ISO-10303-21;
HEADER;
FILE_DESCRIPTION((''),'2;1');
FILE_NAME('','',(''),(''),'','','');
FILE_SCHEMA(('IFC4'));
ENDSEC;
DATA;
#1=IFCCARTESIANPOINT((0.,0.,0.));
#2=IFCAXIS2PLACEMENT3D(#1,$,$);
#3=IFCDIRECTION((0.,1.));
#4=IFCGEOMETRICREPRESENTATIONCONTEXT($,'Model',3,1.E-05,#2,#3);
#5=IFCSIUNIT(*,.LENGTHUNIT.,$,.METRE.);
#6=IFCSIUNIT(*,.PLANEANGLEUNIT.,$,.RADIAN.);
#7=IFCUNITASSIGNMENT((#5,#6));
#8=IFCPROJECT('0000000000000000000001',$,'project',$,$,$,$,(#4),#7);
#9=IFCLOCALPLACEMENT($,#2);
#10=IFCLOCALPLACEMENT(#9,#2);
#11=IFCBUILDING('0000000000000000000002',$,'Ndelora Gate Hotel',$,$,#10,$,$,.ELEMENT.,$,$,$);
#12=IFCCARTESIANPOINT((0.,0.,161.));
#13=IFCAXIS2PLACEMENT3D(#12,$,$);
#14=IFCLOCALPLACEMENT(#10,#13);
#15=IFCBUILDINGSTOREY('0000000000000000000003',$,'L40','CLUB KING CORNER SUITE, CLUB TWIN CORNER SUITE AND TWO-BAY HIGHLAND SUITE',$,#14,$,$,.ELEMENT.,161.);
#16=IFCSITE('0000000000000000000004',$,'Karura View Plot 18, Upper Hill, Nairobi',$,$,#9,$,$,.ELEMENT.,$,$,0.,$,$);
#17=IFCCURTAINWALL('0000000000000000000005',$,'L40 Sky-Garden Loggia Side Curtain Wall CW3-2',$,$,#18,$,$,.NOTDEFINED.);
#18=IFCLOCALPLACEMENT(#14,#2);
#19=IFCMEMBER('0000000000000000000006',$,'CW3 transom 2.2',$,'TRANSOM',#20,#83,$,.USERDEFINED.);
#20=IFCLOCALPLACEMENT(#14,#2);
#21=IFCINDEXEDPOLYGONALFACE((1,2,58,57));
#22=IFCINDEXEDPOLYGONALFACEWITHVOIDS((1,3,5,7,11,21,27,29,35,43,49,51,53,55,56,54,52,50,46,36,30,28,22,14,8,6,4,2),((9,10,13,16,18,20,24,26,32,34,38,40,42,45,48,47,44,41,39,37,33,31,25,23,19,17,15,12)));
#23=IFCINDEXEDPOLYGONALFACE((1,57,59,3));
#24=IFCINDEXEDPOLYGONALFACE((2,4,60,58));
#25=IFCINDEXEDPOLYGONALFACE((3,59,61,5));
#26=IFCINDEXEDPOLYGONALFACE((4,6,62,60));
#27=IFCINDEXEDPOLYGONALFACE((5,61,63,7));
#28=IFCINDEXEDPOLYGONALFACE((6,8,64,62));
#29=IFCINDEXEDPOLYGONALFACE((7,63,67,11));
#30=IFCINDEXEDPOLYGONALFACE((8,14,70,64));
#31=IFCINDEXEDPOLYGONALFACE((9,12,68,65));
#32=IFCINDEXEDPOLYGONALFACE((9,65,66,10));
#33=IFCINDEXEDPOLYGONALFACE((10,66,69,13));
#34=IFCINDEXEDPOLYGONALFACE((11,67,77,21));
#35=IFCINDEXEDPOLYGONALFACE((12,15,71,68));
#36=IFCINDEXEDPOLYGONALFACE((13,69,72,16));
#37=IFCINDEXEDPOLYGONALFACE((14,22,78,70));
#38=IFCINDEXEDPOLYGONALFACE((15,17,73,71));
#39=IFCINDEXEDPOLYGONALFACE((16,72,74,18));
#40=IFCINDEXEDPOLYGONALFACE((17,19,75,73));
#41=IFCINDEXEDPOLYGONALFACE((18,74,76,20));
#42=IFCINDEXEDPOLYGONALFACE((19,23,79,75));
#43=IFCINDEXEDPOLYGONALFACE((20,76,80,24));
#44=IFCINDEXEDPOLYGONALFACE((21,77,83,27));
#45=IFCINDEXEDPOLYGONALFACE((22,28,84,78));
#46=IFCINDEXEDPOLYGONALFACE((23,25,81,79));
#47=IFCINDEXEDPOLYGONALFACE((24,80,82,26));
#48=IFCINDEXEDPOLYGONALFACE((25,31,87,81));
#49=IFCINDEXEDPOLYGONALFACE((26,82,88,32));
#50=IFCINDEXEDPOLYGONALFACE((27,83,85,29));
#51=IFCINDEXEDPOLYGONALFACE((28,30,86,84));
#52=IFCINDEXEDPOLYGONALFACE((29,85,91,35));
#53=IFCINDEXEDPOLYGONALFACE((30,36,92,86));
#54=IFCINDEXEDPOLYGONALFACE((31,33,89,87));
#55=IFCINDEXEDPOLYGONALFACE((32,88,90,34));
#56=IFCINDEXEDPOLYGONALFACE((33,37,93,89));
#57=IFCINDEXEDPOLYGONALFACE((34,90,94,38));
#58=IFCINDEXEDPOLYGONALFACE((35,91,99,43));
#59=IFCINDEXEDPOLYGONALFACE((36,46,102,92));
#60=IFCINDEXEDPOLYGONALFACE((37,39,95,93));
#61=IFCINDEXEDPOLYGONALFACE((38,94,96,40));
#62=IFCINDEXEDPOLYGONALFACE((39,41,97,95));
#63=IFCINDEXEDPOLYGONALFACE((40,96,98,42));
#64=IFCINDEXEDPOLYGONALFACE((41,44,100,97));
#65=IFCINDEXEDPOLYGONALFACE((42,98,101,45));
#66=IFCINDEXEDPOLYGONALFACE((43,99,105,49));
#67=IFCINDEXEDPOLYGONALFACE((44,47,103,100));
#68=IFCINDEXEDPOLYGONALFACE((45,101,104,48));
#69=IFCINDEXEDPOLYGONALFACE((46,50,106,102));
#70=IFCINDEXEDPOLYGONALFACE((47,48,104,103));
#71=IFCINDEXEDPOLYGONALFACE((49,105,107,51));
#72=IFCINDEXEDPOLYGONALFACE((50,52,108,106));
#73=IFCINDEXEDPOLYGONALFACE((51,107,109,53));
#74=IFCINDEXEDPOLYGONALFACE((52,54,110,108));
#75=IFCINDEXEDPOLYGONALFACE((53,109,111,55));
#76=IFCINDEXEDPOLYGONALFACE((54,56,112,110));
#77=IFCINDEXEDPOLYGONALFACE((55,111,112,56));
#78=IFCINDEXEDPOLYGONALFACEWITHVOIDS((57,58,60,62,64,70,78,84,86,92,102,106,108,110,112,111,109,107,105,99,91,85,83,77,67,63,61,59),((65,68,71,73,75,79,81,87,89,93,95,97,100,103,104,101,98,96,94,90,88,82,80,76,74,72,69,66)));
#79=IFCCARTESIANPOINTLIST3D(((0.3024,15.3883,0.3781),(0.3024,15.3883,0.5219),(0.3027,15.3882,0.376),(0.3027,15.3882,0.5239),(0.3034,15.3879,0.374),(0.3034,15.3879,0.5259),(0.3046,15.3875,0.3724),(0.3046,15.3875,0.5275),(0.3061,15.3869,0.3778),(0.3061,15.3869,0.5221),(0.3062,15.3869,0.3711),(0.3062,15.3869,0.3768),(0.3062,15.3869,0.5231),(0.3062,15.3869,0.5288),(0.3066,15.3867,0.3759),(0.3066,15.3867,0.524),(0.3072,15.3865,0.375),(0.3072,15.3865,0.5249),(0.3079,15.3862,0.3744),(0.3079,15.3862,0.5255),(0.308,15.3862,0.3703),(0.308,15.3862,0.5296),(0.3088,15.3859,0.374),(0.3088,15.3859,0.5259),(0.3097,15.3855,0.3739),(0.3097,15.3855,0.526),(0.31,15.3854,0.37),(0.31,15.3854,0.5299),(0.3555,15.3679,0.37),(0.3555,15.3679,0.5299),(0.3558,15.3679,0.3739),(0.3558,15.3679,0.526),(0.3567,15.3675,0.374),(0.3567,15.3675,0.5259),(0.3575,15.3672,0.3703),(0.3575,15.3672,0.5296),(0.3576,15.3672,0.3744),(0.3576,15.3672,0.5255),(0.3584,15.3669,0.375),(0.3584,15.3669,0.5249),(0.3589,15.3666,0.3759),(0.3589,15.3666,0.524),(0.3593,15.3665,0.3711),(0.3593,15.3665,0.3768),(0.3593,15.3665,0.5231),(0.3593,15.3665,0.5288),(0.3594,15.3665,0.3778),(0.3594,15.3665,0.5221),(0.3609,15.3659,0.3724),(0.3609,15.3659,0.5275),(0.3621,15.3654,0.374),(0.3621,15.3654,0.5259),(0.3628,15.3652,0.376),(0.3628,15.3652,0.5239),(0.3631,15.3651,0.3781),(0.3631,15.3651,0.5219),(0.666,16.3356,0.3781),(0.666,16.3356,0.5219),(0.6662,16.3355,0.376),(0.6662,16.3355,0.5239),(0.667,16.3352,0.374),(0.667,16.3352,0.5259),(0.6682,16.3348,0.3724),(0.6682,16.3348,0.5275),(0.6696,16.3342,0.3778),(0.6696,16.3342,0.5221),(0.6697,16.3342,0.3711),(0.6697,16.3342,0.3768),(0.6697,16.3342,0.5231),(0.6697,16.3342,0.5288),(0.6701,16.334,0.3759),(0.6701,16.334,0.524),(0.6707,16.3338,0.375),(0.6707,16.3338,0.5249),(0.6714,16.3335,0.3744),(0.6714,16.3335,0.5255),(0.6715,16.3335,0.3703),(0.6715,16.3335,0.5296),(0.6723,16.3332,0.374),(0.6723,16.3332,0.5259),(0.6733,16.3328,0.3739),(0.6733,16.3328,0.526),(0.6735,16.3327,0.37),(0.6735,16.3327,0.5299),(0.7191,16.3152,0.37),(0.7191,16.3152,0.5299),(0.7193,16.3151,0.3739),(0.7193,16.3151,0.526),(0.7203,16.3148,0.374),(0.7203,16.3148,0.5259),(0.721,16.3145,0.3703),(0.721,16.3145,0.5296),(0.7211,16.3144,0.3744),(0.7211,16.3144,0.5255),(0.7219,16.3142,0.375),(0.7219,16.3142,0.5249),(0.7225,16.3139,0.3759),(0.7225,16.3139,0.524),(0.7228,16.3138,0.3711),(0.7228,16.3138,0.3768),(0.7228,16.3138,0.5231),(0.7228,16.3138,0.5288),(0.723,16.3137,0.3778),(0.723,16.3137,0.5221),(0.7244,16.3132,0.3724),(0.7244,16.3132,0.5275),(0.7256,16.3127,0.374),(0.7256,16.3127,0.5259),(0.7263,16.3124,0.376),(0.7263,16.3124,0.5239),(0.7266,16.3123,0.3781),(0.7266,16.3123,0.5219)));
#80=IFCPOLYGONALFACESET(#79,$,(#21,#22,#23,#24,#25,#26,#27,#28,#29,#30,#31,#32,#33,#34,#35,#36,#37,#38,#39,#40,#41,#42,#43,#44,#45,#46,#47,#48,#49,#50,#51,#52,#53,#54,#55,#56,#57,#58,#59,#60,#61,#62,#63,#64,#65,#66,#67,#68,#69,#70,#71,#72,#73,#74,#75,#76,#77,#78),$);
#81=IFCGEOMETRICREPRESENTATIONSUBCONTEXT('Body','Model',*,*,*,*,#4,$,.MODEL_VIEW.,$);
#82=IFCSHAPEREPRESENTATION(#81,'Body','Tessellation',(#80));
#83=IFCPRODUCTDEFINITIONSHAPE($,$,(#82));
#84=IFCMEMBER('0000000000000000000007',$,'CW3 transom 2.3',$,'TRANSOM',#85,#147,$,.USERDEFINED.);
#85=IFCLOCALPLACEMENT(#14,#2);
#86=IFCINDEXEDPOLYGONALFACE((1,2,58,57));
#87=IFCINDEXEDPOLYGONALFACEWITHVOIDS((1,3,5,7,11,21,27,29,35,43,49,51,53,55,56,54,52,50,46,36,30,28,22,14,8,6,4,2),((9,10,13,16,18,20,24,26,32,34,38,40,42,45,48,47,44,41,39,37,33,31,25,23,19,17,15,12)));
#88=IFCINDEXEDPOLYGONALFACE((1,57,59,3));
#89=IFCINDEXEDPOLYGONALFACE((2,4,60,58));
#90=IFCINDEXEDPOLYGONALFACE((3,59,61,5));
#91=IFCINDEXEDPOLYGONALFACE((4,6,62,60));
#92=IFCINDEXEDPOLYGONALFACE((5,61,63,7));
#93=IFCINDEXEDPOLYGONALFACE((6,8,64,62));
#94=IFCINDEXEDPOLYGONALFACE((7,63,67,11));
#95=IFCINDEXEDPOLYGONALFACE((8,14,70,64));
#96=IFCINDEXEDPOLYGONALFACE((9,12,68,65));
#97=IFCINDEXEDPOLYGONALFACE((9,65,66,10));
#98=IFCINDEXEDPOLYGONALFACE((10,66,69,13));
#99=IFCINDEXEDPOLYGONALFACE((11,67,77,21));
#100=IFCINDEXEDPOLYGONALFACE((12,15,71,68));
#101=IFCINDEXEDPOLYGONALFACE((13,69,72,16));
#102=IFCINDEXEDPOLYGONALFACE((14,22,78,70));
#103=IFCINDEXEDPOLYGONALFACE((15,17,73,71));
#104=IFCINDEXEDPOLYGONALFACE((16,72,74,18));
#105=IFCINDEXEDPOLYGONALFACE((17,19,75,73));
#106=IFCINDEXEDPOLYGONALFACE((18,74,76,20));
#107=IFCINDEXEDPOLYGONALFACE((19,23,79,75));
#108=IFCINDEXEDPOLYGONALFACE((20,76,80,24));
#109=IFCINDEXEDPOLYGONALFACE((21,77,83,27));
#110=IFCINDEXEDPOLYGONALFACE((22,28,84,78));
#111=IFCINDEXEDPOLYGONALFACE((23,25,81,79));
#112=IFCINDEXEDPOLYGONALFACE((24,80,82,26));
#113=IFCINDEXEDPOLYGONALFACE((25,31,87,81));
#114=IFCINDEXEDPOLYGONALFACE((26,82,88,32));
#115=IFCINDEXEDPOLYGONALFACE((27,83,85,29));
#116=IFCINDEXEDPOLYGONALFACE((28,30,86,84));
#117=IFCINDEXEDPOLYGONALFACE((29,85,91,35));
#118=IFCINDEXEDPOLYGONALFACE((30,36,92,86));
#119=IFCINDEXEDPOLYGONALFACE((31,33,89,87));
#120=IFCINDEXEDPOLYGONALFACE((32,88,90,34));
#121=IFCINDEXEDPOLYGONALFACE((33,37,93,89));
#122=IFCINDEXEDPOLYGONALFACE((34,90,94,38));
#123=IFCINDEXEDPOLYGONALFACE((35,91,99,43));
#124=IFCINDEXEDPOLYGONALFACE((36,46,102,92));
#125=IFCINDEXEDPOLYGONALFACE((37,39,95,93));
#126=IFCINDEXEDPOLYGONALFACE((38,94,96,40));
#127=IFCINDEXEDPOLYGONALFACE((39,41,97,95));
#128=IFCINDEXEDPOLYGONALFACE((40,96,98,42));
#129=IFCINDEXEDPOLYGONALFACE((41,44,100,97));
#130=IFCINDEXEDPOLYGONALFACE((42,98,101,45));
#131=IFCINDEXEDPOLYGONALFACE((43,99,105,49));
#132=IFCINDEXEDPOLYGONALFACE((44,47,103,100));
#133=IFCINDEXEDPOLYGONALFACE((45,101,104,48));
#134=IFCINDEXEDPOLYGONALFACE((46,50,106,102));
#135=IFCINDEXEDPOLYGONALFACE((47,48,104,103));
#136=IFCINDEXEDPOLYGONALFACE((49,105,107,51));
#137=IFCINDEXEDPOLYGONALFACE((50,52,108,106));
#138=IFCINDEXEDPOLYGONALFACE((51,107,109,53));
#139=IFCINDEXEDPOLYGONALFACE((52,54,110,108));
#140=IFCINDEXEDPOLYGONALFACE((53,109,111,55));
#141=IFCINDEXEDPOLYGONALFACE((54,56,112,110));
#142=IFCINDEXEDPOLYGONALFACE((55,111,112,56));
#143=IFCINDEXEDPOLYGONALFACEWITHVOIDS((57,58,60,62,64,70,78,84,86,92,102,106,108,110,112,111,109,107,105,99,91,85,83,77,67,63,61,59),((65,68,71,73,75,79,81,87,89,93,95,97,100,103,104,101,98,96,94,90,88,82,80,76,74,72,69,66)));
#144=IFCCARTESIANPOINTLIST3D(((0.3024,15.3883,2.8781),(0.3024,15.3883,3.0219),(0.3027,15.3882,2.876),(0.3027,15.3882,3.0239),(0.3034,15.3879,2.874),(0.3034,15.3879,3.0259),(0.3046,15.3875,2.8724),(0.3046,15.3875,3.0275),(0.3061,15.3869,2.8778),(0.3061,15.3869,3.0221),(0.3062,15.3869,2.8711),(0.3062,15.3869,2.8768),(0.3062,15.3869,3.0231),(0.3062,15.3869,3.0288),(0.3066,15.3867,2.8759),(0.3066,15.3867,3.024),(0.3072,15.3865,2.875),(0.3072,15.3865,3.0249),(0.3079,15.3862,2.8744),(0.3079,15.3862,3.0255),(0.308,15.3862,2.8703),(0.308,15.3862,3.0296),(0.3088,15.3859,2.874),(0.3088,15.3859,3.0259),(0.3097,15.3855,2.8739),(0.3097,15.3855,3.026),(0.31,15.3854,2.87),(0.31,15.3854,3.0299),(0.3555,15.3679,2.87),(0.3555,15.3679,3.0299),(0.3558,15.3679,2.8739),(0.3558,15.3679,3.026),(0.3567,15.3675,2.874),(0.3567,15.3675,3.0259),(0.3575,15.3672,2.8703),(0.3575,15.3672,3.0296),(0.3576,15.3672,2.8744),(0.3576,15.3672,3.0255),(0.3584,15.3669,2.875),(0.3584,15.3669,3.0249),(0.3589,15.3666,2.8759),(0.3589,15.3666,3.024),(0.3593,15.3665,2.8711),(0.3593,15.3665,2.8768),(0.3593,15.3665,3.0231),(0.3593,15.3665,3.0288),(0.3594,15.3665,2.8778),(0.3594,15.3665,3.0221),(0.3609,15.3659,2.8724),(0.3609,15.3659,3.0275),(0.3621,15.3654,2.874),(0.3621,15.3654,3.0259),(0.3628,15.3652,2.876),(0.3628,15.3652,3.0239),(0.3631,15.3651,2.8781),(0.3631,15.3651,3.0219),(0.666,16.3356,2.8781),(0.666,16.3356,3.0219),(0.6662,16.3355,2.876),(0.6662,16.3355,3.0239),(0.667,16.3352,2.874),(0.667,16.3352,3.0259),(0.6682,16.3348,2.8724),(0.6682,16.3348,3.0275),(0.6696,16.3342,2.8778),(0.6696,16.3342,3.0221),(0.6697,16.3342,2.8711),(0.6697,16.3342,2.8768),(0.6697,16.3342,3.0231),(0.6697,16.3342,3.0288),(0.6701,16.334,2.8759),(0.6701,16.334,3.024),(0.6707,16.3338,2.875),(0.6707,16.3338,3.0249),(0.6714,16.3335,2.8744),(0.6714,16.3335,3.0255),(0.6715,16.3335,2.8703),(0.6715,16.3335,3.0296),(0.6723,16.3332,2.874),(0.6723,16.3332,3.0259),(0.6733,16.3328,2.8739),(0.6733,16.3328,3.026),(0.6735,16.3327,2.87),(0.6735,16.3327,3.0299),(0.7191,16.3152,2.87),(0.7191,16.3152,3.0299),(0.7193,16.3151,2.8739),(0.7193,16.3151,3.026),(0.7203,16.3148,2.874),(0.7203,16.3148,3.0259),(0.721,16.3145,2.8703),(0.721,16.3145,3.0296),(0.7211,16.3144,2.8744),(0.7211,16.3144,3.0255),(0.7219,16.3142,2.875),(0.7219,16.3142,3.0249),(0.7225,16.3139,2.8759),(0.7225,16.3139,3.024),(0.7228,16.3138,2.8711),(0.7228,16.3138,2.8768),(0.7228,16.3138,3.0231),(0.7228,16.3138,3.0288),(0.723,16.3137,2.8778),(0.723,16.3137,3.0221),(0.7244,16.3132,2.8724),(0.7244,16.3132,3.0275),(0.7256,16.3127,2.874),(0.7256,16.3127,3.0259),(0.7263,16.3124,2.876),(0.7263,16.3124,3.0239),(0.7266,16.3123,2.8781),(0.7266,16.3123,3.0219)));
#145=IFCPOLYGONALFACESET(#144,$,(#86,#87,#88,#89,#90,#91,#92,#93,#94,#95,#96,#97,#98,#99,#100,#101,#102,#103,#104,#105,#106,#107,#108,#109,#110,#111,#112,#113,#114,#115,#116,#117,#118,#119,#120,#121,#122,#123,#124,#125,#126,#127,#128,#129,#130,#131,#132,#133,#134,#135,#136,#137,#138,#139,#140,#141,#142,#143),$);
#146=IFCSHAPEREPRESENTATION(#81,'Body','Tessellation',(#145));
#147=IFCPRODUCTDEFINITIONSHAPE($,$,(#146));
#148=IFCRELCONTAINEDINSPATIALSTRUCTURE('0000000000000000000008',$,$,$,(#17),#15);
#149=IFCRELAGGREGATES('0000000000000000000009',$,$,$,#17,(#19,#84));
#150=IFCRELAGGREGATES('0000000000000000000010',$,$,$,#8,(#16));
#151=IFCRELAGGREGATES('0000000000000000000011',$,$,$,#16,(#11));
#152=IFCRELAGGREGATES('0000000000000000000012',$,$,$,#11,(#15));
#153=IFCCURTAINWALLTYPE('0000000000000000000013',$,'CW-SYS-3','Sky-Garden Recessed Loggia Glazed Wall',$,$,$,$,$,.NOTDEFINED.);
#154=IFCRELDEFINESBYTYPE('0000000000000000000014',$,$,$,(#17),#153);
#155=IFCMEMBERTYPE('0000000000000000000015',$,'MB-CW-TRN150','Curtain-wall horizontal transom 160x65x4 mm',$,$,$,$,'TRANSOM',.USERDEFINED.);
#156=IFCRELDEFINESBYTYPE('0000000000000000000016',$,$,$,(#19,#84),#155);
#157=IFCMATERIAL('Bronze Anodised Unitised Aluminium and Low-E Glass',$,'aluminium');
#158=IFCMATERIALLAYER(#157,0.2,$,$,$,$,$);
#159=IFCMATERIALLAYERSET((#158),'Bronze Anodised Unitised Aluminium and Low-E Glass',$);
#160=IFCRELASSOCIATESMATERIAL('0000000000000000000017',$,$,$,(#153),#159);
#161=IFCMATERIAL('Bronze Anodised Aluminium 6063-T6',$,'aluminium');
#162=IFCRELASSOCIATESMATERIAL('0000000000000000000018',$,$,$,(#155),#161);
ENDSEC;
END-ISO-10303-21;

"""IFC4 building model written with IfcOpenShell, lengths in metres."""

from ifc_helpers import new_model, si_unit, direction, frame, origin, origin_2d, place, context, subcontext, project, spatial, hollow_rectangle, extrude, material, layer, layer_set, material_profile, profile_set, type_object, element, aggregate, save


model = new_model("IFC4")

# Units and contexts
model_context = context("Model", 3, precision=1e-05, world=origin(), true_north=direction((0.0, 1.0)))
body_context = subcontext(model_context, "Body", "Model", "MODEL_VIEW")
ifc_project = project(units=[si_unit("LENGTHUNIT", "METRE"), si_unit("PLANEANGLEUNIT", "RADIAN")], contexts=[model_context])

# Site, building, storey
site_placement = place(None, origin())
site = spatial("IfcSite", under=ifc_project, at=site_placement, Name="Karura View Plot 18, Upper Hill, Nairobi", CompositionType="ELEMENT", RefElevation=0.0)
building_placement = place(site_placement, origin())
building = spatial("IfcBuilding", under=site, at=building_placement, Name="Ndelora Gate Hotel", CompositionType="ELEMENT")
storey_placement = place(building_placement, frame((0.0, 0.0, 161.0)))
storey = spatial("IfcBuildingStorey", under=building, at=storey_placement, Name="L40", Description="CLUB KING CORNER SUITE, CLUB TWIN CORNER SUITE AND TWO-BAY HIGHLAND SUITE", CompositionType="ELEMENT", Elevation=161.0)

# Curtain wall, members
ifc_material_1 = material(Name="Bronze Anodised Unitised Aluminium and Low-E Glass", Category="aluminium")
ifc_layer_1 = layer(ifc_material_1, 0.2)
ifc_layer_set_1 = layer_set([ifc_layer_1], Name="Bronze Anodised Unitised Aluminium and Low-E Glass")
curtain_wall_type = type_object("IfcCurtainWallType", Name="CW-SYS-3", Description="Sky-Garden Recessed Loggia Glazed Wall", PredefinedType="NOTDEFINED", material=ifc_layer_set_1)
curtain_wall_placement = place(storey_placement, origin())
curtain_wall = element("IfcCurtainWall", 1, at=curtain_wall_placement, inside=storey, type_object=curtain_wall_type, Name="L40 Sky-Garden Loggia Side Curtain Wall CW3-2", PredefinedType="NOTDEFINED")
ifc_material_2 = material(Name="Bronze Anodised Aluminium 6063-T6", Category="aluminium")
ifc_material_profile_1 = material_profile(ifc_material_2, hollow_rectangle(XDim=0.0649, YDim=0.1599, WallThickness=0.0039, InnerFilletRadius=0.0039, OuterFilletRadius=0.0081, at=origin_2d()), Name="ALU 160x65x4")
ifc_profile_set_1 = profile_set([ifc_material_profile_1], Name="Bronze Anodised Aluminium 6063-T6")
member_type_1 = type_object("IfcMemberType", Name="MB-CW-TRN150", Description="Curtain-wall horizontal transom 160x65x4 mm", ElementType="TRANSOM", PredefinedType="USERDEFINED", material=ifc_profile_set_1)
member_1_placement = place(storey_placement, frame((0.6963, 16.324, 0.45), z_axis=(-0.358286, -0.933612, 0.0), x_axis=(0.933612, -0.358286, 0.0)))
member_1 = element("IfcMember", 2, at=member_1_placement, type_object=member_type_1, Name="CW3 transom 2.2", ObjectType="TRANSOM", PredefinedType="USERDEFINED", context=body_context, shape_type="SweptSolid", body=[
    extrude(hollow_rectangle(XDim=0.0649, YDim=0.1599, WallThickness=0.0039, InnerFilletRadius=0.0039, OuterFilletRadius=0.0081, at=origin_2d()), origin(), (0.0, 0.0, 1.0), 1.0146),
])
member_2_placement = place(storey_placement, frame((0.6963, 16.324, 2.95), z_axis=(-0.358286, -0.933612, 0.0), x_axis=(0.933612, -0.358286, 0.0)))
member_2 = element("IfcMember", 3, at=member_2_placement, type_object=member_type_1, Name="CW3 transom 2.3", ObjectType="TRANSOM", PredefinedType="USERDEFINED", context=body_context, shape_type="SweptSolid", body=[
    extrude(hollow_rectangle(XDim=0.0649, YDim=0.1599, WallThickness=0.0039, InnerFilletRadius=0.0039, OuterFilletRadius=0.0081, at=origin_2d()), origin(), (0.0, 0.0, 1.0), 1.0146),
])
aggregate(curtain_wall, [member_1, member_2])

save(model, "model.ifc")
